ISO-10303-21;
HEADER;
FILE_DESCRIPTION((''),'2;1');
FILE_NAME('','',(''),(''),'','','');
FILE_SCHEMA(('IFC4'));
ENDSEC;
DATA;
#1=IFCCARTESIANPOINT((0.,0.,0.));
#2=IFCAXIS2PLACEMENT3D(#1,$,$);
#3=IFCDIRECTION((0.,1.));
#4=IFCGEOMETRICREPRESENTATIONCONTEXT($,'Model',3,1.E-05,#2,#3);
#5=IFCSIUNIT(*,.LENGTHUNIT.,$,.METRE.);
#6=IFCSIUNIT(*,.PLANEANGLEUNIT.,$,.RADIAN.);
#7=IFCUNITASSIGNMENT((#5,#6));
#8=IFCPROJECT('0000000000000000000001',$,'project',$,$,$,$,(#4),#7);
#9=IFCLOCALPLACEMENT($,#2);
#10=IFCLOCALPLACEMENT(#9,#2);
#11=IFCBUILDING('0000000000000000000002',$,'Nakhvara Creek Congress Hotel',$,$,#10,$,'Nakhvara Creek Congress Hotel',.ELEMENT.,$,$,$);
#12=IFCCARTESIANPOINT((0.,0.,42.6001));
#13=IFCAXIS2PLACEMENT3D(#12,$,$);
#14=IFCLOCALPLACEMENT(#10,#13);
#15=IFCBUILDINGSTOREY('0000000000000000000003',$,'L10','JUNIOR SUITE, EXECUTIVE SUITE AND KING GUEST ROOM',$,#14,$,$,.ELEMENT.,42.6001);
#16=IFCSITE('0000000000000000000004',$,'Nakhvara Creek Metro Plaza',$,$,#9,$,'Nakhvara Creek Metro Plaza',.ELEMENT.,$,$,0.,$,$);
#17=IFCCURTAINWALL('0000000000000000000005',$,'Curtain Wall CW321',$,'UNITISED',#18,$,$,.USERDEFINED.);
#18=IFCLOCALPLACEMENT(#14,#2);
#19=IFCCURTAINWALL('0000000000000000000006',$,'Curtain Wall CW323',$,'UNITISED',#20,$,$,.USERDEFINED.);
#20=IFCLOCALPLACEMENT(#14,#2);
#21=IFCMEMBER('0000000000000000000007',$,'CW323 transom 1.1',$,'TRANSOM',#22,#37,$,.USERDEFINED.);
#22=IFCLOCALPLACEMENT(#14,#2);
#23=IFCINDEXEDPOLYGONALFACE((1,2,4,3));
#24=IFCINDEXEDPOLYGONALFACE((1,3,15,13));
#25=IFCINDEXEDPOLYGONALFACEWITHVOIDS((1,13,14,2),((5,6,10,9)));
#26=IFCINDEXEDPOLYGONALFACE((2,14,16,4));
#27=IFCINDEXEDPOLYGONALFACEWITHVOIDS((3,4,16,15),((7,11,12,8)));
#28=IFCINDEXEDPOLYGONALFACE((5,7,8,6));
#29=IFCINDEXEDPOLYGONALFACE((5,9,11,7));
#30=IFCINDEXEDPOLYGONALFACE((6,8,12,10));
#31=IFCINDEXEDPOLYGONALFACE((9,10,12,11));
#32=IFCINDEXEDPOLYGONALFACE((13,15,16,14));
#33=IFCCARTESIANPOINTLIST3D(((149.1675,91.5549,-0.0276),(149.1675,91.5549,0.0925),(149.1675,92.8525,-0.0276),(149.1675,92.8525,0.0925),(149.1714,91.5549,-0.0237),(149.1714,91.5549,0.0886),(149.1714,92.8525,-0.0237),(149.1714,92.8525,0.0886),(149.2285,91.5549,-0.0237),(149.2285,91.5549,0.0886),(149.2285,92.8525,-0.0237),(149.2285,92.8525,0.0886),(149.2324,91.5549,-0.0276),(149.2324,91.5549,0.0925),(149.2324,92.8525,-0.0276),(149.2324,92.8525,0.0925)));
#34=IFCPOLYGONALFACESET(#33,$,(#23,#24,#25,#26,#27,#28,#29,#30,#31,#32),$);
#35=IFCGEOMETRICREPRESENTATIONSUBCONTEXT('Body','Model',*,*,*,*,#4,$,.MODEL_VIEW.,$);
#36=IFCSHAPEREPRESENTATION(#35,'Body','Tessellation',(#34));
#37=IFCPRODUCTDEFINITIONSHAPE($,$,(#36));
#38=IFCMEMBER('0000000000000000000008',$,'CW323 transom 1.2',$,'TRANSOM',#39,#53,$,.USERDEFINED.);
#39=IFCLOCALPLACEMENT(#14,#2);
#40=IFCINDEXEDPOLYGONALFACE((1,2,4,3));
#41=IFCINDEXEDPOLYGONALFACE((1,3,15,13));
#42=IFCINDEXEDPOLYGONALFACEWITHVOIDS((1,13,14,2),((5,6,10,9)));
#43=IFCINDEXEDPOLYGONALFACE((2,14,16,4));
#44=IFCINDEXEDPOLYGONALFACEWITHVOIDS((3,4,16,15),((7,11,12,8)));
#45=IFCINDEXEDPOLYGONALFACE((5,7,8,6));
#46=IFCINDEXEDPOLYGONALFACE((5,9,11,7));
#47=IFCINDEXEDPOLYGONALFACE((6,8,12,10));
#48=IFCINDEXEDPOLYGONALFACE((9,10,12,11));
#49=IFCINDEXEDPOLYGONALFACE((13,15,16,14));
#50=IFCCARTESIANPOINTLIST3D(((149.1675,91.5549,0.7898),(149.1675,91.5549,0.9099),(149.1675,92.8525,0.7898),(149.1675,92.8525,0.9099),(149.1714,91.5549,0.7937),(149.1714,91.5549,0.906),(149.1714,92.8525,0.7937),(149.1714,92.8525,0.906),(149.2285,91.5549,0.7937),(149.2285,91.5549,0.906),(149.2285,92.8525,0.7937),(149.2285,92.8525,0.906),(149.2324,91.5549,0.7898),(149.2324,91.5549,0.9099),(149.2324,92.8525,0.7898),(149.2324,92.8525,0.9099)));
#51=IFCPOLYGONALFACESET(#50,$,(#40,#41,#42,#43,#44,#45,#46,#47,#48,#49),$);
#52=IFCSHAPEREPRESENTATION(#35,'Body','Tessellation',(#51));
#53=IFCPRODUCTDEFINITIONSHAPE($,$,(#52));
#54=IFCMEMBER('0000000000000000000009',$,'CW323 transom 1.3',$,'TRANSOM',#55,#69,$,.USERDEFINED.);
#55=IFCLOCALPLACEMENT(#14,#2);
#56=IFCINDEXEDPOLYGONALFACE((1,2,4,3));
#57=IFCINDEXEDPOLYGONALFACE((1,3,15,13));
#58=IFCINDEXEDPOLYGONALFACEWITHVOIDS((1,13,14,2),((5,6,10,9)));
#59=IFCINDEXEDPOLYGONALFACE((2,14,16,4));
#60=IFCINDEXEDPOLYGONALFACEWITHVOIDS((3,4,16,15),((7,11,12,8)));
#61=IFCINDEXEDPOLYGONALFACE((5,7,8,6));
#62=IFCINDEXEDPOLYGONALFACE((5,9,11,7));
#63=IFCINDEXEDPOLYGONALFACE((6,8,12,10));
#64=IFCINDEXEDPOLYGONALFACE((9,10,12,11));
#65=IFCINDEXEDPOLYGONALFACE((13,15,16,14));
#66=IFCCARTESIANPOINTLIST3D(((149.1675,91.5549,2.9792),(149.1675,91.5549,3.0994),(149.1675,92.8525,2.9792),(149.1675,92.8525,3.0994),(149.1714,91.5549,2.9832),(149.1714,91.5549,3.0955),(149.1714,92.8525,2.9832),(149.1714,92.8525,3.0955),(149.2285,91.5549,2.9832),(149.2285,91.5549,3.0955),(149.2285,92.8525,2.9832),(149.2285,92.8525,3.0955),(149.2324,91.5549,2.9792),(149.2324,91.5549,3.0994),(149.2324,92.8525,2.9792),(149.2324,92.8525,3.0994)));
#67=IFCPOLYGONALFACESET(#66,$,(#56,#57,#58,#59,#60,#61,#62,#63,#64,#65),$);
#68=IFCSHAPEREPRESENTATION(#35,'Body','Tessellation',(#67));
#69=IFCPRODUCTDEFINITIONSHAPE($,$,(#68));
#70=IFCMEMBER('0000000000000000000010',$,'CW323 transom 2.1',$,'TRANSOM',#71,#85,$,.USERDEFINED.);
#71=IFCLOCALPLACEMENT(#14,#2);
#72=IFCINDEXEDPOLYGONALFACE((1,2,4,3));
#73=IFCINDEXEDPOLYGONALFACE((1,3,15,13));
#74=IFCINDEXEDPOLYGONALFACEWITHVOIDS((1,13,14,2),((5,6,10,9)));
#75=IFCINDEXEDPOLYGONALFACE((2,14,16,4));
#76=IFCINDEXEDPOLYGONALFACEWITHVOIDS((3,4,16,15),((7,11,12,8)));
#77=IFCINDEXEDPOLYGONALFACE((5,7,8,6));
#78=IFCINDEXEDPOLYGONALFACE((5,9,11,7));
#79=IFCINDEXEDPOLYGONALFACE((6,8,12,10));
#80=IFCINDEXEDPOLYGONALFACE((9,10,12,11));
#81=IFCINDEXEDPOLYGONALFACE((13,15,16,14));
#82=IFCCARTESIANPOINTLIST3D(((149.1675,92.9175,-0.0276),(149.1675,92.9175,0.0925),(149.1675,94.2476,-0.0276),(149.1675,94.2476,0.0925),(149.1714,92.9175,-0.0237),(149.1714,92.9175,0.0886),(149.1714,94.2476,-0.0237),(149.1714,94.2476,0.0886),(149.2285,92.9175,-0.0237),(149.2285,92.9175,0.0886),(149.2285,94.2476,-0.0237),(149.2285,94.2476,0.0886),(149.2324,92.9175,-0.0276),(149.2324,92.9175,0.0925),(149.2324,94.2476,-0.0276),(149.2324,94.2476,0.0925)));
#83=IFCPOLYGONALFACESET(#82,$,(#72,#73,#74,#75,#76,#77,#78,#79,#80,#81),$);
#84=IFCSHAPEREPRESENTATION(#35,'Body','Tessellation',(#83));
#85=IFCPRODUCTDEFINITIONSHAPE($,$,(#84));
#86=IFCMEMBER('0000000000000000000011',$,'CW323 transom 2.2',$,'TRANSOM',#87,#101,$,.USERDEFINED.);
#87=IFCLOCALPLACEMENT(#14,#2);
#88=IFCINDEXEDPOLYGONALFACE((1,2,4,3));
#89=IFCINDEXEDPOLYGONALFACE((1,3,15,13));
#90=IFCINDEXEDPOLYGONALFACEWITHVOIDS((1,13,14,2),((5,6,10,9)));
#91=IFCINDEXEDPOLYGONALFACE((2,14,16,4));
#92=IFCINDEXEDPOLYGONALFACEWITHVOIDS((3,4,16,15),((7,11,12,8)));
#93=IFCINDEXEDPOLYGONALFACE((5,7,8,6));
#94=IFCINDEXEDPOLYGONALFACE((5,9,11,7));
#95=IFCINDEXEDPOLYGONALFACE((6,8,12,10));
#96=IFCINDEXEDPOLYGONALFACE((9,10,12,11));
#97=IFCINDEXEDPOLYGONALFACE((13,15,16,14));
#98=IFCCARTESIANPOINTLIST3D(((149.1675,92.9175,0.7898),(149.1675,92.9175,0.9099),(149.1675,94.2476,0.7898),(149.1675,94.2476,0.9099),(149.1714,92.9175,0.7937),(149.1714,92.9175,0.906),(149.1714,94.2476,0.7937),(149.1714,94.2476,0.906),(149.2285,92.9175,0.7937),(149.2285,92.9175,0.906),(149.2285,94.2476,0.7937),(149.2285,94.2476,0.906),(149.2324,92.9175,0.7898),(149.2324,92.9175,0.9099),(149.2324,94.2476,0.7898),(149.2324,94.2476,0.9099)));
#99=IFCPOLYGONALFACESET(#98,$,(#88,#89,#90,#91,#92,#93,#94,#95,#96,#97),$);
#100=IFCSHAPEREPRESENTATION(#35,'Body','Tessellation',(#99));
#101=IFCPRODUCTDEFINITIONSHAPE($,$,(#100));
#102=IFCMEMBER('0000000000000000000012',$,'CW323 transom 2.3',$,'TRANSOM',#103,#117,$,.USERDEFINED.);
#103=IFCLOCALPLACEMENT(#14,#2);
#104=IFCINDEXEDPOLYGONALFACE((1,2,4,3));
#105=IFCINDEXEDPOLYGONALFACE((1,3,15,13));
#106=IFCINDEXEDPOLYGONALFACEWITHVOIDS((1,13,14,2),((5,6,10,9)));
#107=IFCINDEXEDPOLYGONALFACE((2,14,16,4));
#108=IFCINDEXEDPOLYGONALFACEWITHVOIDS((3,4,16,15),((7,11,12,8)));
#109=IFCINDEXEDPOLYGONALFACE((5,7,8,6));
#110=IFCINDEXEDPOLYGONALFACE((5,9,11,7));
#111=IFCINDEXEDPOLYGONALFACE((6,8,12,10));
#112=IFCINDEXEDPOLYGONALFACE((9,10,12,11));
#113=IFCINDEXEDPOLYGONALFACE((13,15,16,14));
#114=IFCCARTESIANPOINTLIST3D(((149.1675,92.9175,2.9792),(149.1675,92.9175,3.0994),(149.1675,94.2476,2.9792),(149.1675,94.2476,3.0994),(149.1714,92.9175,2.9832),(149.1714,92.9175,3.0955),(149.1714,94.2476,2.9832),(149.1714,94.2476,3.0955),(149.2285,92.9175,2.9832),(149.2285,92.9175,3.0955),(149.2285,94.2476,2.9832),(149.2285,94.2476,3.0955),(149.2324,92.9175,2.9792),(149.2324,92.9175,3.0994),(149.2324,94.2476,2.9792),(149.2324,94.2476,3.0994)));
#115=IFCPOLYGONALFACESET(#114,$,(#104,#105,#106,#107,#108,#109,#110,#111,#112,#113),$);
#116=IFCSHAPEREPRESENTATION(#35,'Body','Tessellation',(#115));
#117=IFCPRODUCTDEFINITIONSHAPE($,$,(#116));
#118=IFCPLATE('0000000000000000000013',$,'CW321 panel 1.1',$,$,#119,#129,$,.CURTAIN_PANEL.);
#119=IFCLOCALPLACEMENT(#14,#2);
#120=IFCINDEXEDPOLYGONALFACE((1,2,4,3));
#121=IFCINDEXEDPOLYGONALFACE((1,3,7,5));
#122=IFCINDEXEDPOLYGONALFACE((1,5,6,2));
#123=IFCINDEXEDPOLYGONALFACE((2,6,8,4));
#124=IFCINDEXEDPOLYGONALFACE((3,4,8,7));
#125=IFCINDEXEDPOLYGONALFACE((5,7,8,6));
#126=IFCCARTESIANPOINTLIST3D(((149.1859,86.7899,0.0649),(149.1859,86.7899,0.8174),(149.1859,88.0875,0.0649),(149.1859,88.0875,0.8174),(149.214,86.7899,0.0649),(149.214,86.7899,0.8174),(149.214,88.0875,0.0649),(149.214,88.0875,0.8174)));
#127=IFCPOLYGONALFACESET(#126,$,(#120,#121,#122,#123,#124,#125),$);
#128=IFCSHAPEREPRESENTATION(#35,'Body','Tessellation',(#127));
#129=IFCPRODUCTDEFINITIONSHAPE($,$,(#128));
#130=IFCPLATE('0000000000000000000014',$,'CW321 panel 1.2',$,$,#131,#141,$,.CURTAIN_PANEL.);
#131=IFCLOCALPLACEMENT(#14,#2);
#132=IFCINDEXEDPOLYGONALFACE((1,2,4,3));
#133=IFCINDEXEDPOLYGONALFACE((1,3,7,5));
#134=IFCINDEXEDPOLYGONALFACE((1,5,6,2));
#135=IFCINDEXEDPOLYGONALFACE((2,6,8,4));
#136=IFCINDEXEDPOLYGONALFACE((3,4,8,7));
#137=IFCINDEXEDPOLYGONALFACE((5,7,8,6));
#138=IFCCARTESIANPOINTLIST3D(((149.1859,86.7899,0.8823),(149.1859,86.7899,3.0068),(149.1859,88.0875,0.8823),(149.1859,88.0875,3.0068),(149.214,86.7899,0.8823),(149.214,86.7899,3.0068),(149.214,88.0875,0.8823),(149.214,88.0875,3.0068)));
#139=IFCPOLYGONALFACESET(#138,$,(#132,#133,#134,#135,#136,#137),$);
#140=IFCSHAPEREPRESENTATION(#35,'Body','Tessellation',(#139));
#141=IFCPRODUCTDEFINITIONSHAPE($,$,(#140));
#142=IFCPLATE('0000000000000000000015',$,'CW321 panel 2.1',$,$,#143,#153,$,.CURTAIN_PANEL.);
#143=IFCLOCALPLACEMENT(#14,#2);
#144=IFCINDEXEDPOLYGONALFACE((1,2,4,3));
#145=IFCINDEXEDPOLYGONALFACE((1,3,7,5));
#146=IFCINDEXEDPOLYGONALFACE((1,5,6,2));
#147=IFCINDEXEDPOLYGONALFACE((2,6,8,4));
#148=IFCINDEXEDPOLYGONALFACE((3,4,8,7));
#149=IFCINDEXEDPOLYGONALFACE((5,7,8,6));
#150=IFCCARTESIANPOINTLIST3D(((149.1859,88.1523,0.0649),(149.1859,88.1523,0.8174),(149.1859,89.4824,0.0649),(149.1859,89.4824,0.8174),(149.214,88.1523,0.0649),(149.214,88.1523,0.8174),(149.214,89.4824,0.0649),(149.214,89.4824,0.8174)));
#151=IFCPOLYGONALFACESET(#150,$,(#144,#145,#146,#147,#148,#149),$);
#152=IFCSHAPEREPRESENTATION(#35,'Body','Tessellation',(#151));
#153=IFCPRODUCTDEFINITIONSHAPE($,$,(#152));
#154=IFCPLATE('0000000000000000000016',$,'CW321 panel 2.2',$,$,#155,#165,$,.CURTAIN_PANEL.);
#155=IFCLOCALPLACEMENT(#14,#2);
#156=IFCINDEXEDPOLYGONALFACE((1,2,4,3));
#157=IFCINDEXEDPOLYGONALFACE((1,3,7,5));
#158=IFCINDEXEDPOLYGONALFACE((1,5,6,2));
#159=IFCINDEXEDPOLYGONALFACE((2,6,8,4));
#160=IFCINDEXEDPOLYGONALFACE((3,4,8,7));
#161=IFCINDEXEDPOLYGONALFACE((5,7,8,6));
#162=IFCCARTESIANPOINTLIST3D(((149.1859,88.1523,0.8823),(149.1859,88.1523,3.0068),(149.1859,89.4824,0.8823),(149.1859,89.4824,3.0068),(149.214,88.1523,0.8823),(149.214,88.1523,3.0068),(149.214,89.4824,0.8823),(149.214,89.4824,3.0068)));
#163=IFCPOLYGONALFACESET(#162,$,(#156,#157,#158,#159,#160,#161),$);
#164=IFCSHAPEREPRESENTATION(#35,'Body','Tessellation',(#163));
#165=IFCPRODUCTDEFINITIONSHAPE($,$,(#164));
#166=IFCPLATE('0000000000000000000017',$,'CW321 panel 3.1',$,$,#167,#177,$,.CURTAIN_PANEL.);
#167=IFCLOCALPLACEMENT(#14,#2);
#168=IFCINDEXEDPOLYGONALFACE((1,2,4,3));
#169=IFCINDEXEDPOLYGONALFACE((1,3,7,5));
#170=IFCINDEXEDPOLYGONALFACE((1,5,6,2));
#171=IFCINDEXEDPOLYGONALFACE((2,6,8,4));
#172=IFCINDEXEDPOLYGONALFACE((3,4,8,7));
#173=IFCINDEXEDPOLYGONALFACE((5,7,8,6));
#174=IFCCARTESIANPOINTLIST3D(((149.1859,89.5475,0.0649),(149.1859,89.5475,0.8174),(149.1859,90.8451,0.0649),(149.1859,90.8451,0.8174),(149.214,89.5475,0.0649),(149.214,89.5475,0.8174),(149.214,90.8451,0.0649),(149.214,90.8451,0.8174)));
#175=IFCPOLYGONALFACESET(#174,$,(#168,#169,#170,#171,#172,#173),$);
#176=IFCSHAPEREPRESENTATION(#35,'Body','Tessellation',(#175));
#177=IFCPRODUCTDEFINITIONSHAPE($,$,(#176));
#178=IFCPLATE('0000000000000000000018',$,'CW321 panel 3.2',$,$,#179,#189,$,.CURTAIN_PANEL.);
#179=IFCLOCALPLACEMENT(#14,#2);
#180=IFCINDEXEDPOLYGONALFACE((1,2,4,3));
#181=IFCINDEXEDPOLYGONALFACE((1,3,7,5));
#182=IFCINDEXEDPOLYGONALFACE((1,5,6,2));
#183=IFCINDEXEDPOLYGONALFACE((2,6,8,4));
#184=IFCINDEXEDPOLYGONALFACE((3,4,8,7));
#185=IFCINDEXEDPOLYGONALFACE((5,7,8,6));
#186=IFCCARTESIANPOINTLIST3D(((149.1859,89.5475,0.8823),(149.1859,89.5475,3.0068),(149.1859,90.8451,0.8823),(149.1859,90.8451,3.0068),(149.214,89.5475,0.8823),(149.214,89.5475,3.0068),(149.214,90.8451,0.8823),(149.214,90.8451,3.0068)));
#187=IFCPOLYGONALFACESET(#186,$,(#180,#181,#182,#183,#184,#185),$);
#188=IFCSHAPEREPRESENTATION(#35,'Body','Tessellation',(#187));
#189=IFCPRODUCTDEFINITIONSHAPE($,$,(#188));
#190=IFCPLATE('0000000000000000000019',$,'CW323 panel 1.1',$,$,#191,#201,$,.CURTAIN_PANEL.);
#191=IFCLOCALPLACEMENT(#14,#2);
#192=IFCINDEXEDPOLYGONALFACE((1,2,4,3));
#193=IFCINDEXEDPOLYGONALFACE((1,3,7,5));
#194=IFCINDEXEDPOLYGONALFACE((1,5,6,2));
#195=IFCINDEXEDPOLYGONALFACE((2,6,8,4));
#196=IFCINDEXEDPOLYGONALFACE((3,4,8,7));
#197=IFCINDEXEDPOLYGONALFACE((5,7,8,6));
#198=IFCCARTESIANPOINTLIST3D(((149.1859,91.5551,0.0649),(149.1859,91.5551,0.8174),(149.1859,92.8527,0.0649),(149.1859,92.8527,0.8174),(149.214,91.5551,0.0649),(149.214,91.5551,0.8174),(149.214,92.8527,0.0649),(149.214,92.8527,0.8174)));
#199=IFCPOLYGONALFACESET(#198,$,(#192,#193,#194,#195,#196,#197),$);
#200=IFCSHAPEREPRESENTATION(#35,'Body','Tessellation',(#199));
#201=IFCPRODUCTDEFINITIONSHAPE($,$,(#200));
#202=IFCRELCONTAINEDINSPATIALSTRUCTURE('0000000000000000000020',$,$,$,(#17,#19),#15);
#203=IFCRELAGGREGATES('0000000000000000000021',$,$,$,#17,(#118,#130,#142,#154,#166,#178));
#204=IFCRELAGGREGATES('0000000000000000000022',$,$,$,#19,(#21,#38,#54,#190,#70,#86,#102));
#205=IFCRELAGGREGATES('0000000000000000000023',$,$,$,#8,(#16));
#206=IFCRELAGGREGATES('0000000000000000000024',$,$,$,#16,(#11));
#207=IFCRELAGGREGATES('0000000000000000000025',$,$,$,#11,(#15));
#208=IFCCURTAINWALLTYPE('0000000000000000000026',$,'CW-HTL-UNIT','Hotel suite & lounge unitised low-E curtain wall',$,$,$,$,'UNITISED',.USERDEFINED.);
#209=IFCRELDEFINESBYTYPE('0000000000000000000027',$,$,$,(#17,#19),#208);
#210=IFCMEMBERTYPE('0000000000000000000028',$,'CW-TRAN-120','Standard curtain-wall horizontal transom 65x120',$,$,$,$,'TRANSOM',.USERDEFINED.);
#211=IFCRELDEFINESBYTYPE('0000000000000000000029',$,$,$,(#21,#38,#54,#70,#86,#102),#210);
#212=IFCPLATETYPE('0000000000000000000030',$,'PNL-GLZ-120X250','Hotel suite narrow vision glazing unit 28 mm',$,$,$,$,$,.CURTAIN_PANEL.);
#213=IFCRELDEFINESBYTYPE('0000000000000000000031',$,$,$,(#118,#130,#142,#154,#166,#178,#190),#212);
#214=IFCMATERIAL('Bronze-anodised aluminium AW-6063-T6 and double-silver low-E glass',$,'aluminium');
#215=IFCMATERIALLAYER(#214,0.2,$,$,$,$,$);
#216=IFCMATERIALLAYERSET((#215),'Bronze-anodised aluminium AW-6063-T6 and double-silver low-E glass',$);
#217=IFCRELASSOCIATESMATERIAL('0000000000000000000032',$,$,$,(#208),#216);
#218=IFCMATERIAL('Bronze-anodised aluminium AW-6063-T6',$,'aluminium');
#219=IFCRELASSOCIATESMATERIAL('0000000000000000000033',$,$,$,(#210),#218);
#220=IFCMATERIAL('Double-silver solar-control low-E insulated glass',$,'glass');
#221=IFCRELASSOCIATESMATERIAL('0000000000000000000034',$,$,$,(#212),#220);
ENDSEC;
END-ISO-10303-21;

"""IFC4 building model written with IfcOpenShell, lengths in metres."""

from ifc_helpers import new_model, si_unit, direction, frame, origin, origin_2d, place, context, subcontext, project, spatial, rectangle, hollow_rectangle, extrude, material, layer, layer_set, material_profile, profile_set, type_object, element, aggregate, save


model = new_model("IFC4")

# Units and contexts
model_context = context("Model", 3, precision=1e-05, world=origin(), true_north=direction((0.0, 1.0)))
body_context = subcontext(model_context, "Body", "Model", "MODEL_VIEW")
ifc_project = project(units=[si_unit("LENGTHUNIT", "METRE"), si_unit("PLANEANGLEUNIT", "RADIAN")], contexts=[model_context])

# Site, building, storey
site_placement = place(None, origin())
site = spatial("IfcSite", under=ifc_project, at=site_placement, Name="Nakhvara Creek Metro Plaza", LongName="Nakhvara Creek Metro Plaza", CompositionType="ELEMENT", RefElevation=0.0)
building_placement = place(site_placement, origin())
building = spatial("IfcBuilding", under=site, at=building_placement, Name="Nakhvara Creek Congress Hotel", LongName="Nakhvara Creek Congress Hotel", CompositionType="ELEMENT")
storey_placement = place(building_placement, frame((0.0, 0.0, 42.6001)))
storey = spatial("IfcBuildingStorey", under=building, at=storey_placement, Name="L10", Description="JUNIOR SUITE, EXECUTIVE SUITE AND KING GUEST ROOM", CompositionType="ELEMENT", Elevation=42.6001)

# Curtain walls
ifc_material_1 = material(Name="Bronze-anodised aluminium AW-6063-T6 and double-silver low-E glass", Category="aluminium")
ifc_layer = layer(ifc_material_1, 0.2)
ifc_layer_set = layer_set([ifc_layer], Name="Bronze-anodised aluminium AW-6063-T6 and double-silver low-E glass")
curtain_wall_type = type_object("IfcCurtainWallType", Name="CW-HTL-UNIT", Description="Hotel suite & lounge unitised low-E curtain wall", ElementType="UNITISED", PredefinedType="USERDEFINED", material=ifc_layer_set)
curtain_wall_1_placement = place(storey_placement, origin())
curtain_wall_1 = element("IfcCurtainWall", 1, at=curtain_wall_1_placement, inside=storey, type_object=curtain_wall_type, Name="Curtain Wall CW321", ObjectType="UNITISED", PredefinedType="USERDEFINED")
ifc_material_2 = material(Name="Bronze-anodised aluminium AW-6063-T6", Category="aluminium")
curtain_wall_2_placement = place(storey_placement, origin())
curtain_wall_2 = element("IfcCurtainWall", 2, at=curtain_wall_2_placement, inside=storey, type_object=curtain_wall_type, Name="Curtain Wall CW323", ObjectType="UNITISED", PredefinedType="USERDEFINED")

# Members
ifc_material_profile_1 = material_profile(ifc_material_2, hollow_rectangle(XDim=0.0649, YDim=0.1201, WallThickness=0.0039, at=origin_2d()), Name="ALU-TRAN 65x120x4", Category="LoadBearing")
ifc_profile_set_1 = profile_set([ifc_material_profile_1], Name="Bronze-anodised aluminium AW-6063-T6")
member_type_1 = type_object("IfcMemberType", Name="CW-TRAN-120", Description="Standard curtain-wall horizontal transom 65x120", ElementType="TRANSOM", PredefinedType="USERDEFINED", material=ifc_profile_set_1)
member_1_placement = place(storey_placement, frame((149.2, 91.5549, 0.0325), z_axis=(0.0, 1.0, 0.0), x_axis=(-1.0, 0.0, 0.0)))
member_1 = element("IfcMember", 3, at=member_1_placement, type_object=member_type_1, Name="CW323 transom 1.1", ObjectType="TRANSOM", PredefinedType="USERDEFINED", context=body_context, shape_type="SweptSolid", body=[
    extrude(hollow_rectangle(XDim=0.0649, YDim=0.1201, WallThickness=0.0039, at=origin_2d()), origin(), (0.0, 0.0, 1.0), 1.2976),
])
member_2_placement = place(storey_placement, frame((149.2, 91.5549, 0.8499), z_axis=(0.0, 1.0, 0.0), x_axis=(-1.0, 0.0, 0.0)))
member_2 = element("IfcMember", 4, at=member_2_placement, type_object=member_type_1, Name="CW323 transom 1.2", ObjectType="TRANSOM", PredefinedType="USERDEFINED", context=body_context, shape_type="SweptSolid", body=[
    extrude(hollow_rectangle(XDim=0.0649, YDim=0.1201, WallThickness=0.0039, at=origin_2d()), origin(), (0.0, 0.0, 1.0), 1.2976),
])
member_3_placement = place(storey_placement, frame((149.2, 91.5549, 3.0393), z_axis=(0.0, 1.0, 0.0), x_axis=(-1.0, 0.0, 0.0)))
member_3 = element("IfcMember", 5, at=member_3_placement, type_object=member_type_1, Name="CW323 transom 1.3", ObjectType="TRANSOM", PredefinedType="USERDEFINED", context=body_context, shape_type="SweptSolid", body=[
    extrude(hollow_rectangle(XDim=0.0649, YDim=0.1201, WallThickness=0.0039, at=origin_2d()), origin(), (0.0, 0.0, 1.0), 1.2976),
])
member_4_placement = place(storey_placement, frame((149.2, 92.9175, 0.0325), z_axis=(0.0, 1.0, 0.0), x_axis=(-1.0, 0.0, 0.0)))
member_4 = element("IfcMember", 6, at=member_4_placement, type_object=member_type_1, Name="CW323 transom 2.1", ObjectType="TRANSOM", PredefinedType="USERDEFINED", context=body_context, shape_type="SweptSolid", body=[
    extrude(hollow_rectangle(XDim=0.0649, YDim=0.1201, WallThickness=0.0039, at=origin_2d()), origin(), (0.0, 0.0, 1.0), 1.3301),
])
member_5_placement = place(storey_placement, frame((149.2, 92.9175, 0.8499), z_axis=(0.0, 1.0, 0.0), x_axis=(-1.0, 0.0, 0.0)))
member_5 = element("IfcMember", 7, at=member_5_placement, type_object=member_type_1, Name="CW323 transom 2.2", ObjectType="TRANSOM", PredefinedType="USERDEFINED", context=body_context, shape_type="SweptSolid", body=[
    extrude(hollow_rectangle(XDim=0.0649, YDim=0.1201, WallThickness=0.0039, at=origin_2d()), origin(), (0.0, 0.0, 1.0), 1.3301),
])
member_6_placement = place(storey_placement, frame((149.2, 92.9175, 3.0393), z_axis=(0.0, 1.0, 0.0), x_axis=(-1.0, 0.0, 0.0)))
member_6 = element("IfcMember", 8, at=member_6_placement, type_object=member_type_1, Name="CW323 transom 2.3", ObjectType="TRANSOM", PredefinedType="USERDEFINED", context=body_context, shape_type="SweptSolid", body=[
    extrude(hollow_rectangle(XDim=0.0649, YDim=0.1201, WallThickness=0.0039, at=origin_2d()), origin(), (0.0, 0.0, 1.0), 1.3301),
])

# Plates
ifc_material_3 = material(Name="Double-silver solar-control low-E insulated glass", Category="glass")
plate_type = type_object("IfcPlateType", Name="PNL-GLZ-120X250", Description="Hotel suite narrow vision glazing unit 28 mm", PredefinedType="CURTAIN_PANEL", material=ifc_material_3)
plate_1_placement = place(storey_placement, frame((149.2, 87.4387, 0.0649), z_axis=(0.0, 0.0, 1.0), x_axis=(0.0, 1.0, 0.0)))
plate_1 = element("IfcPlate", 9, at=plate_1_placement, type_object=plate_type, Name="CW321 panel 1.1", PredefinedType="CURTAIN_PANEL", context=body_context, shape_type="SweptSolid", body=[
    extrude(rectangle(XDim=1.2976, YDim=0.0281, at=origin_2d()), origin(), (0.0, 0.0, 1.0), 0.7524),
])
plate_2_placement = place(storey_placement, frame((149.2, 87.4387, 0.8823), z_axis=(0.0, 0.0, 1.0), x_axis=(0.0, 1.0, 0.0)))
plate_2 = element("IfcPlate", 10, at=plate_2_placement, type_object=plate_type, Name="CW321 panel 1.2", PredefinedType="CURTAIN_PANEL", context=body_context, shape_type="SweptSolid", body=[
    extrude(rectangle(XDim=1.2976, YDim=0.0281, at=origin_2d()), origin(), (0.0, 0.0, 1.0), 2.1245),
])
plate_3_placement = place(storey_placement, frame((149.2, 88.8174, 0.0649), z_axis=(0.0, 0.0, 1.0), x_axis=(0.0, 1.0, 0.0)))
plate_3 = element("IfcPlate", 11, at=plate_3_placement, type_object=plate_type, Name="CW321 panel 2.1", PredefinedType="CURTAIN_PANEL", context=body_context, shape_type="SweptSolid", body=[
    extrude(rectangle(XDim=1.3301, YDim=0.0281, at=origin_2d()), origin(), (0.0, 0.0, 1.0), 0.7524),
])
plate_4_placement = place(storey_placement, frame((149.2, 88.8174, 0.8823), z_axis=(0.0, 0.0, 1.0), x_axis=(0.0, 1.0, 0.0)))
plate_4 = element("IfcPlate", 12, at=plate_4_placement, type_object=plate_type, Name="CW321 panel 2.2", PredefinedType="CURTAIN_PANEL", context=body_context, shape_type="SweptSolid", body=[
    extrude(rectangle(XDim=1.3301, YDim=0.0281, at=origin_2d()), origin(), (0.0, 0.0, 1.0), 2.1245),
])
plate_5_placement = place(storey_placement, frame((149.2, 90.1963, 0.0649), z_axis=(0.0, 0.0, 1.0), x_axis=(0.0, 1.0, 0.0)))
plate_5 = element("IfcPlate", 13, at=plate_5_placement, type_object=plate_type, Name="CW321 panel 3.1", PredefinedType="CURTAIN_PANEL", context=body_context, shape_type="SweptSolid", body=[
    extrude(rectangle(XDim=1.2976, YDim=0.0281, at=origin_2d()), origin(), (0.0, 0.0, 1.0), 0.7524),
])
plate_6_placement = place(storey_placement, frame((149.2, 90.1963, 0.8823), z_axis=(0.0, 0.0, 1.0), x_axis=(0.0, 1.0, 0.0)))
plate_6 = element("IfcPlate", 14, at=plate_6_placement, type_object=plate_type, Name="CW321 panel 3.2", PredefinedType="CURTAIN_PANEL", context=body_context, shape_type="SweptSolid", body=[
    extrude(rectangle(XDim=1.2976, YDim=0.0281, at=origin_2d()), origin(), (0.0, 0.0, 1.0), 2.1245),
])
aggregate(curtain_wall_1, [plate_1, plate_2, plate_3, plate_4, plate_5, plate_6])
plate_7_placement = place(storey_placement, frame((149.2, 92.2039, 0.0649), z_axis=(0.0, 0.0, 1.0), x_axis=(0.0, 1.0, 0.0)))
plate_7 = element("IfcPlate", 15, at=plate_7_placement, type_object=plate_type, Name="CW323 panel 1.1", PredefinedType="CURTAIN_PANEL", context=body_context, shape_type="SweptSolid", body=[
    extrude(rectangle(XDim=1.2976, YDim=0.0281, at=origin_2d()), origin(), (0.0, 0.0, 1.0), 0.7524),
])
aggregate(curtain_wall_2, [member_1, member_2, member_3, plate_7, member_4, member_5, member_6])

save(model, "model.ifc")
